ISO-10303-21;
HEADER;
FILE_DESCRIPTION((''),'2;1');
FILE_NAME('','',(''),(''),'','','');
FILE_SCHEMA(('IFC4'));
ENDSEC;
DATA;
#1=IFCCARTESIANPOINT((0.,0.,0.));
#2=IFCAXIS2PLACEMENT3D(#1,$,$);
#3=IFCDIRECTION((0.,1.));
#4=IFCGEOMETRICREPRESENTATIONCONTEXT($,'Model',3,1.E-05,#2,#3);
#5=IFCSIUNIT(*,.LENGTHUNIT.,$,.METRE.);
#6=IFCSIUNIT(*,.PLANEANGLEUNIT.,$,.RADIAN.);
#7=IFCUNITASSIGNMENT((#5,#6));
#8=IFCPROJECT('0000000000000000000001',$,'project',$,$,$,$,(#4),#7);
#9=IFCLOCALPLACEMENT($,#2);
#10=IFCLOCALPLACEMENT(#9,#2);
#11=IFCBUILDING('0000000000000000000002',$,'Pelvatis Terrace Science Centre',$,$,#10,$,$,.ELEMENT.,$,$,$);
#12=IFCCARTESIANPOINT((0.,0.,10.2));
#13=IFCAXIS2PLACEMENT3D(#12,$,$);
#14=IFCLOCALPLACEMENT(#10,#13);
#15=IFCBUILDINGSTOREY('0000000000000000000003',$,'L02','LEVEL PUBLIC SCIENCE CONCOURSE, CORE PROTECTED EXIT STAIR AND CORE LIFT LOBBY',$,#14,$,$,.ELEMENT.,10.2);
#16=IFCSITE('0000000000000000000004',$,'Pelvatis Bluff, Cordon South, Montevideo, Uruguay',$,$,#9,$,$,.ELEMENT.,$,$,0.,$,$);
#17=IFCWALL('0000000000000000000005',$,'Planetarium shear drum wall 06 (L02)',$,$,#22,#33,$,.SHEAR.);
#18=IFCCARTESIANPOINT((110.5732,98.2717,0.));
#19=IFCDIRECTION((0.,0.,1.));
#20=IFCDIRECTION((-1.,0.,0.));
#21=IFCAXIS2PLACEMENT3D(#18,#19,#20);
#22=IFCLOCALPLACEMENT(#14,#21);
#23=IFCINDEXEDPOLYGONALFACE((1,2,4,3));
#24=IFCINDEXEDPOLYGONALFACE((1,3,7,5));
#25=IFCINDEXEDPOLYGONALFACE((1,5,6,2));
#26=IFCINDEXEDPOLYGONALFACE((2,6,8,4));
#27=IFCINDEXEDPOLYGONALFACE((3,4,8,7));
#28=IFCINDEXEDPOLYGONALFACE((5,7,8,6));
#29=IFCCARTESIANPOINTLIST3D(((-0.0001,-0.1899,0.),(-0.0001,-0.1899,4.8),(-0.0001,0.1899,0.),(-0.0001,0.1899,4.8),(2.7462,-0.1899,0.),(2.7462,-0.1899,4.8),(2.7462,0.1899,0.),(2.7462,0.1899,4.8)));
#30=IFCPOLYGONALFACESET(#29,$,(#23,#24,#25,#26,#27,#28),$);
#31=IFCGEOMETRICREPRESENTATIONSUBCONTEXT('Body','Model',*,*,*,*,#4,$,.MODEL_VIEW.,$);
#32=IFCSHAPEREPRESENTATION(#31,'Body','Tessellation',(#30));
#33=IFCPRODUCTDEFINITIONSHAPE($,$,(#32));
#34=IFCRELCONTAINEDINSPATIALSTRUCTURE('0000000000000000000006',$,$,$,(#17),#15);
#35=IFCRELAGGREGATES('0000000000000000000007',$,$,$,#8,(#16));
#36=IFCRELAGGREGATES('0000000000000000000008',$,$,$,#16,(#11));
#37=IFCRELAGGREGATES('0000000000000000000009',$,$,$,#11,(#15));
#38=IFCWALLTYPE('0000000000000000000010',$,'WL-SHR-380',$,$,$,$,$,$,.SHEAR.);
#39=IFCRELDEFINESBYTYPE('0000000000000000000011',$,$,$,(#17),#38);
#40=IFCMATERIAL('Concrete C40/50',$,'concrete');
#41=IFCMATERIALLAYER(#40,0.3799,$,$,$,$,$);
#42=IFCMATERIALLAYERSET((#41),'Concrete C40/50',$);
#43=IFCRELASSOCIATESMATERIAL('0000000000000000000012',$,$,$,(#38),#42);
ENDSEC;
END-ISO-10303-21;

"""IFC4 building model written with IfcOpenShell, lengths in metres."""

from ifc_helpers import new_model, si_unit, direction, frame, frame_2d, origin, place, context, subcontext, project, spatial, rectangle, extrude, material, layer, layer_set, type_object, element, save


model = new_model("IFC4")

# Units and contexts
model_context = context("Model", 3, precision=1e-05, world=origin(), true_north=direction((0.0, 1.0)))
body_context = subcontext(model_context, "Body", "Model", "MODEL_VIEW")
ifc_project = project(units=[si_unit("LENGTHUNIT", "METRE"), si_unit("PLANEANGLEUNIT", "RADIAN")], contexts=[model_context])

# Site, building, storey
site_placement = place(None, origin())
site = spatial("IfcSite", under=ifc_project, at=site_placement, Name="Pelvatis Bluff, Cordon South, Montevideo, Uruguay", CompositionType="ELEMENT", RefElevation=0.0)
building_placement = place(site_placement, origin())
building = spatial("IfcBuilding", under=site, at=building_placement, Name="Pelvatis Terrace Science Centre", CompositionType="ELEMENT")
storey_placement = place(building_placement, frame((0.0, 0.0, 10.2)))
storey = spatial("IfcBuildingStorey", under=building, at=storey_placement, Name="L02", Description="LEVEL PUBLIC SCIENCE CONCOURSE, CORE PROTECTED EXIT STAIR AND CORE LIFT LOBBY", CompositionType="ELEMENT", Elevation=10.2)

# Wall
ifc_material_1 = material(Name="Concrete C40/50", Category="concrete")
ifc_layer_1 = layer(ifc_material_1, 0.3799)
ifc_layer_set_1 = layer_set([ifc_layer_1], Name="Concrete C40/50")
wall_type_1 = type_object("IfcWallType", Name="WL-SHR-380", PredefinedType="SHEAR", material=ifc_layer_set_1)
for number, where, z_axis, x_axis, name in (
    (1, (110.5732, 98.2717, 0.0), (0.0, 0.0, 1.0), (-1.0, 0.0, 0.0), "Planetarium shear drum wall 06 (L02)"),
):
    element("IfcWall", number, at=place(storey_placement, frame(where, z_axis=z_axis, x_axis=x_axis)), inside=storey, type_object=wall_type_1, Name=name, PredefinedType="SHEAR", context=body_context, shape_type="SweptSolid", body=[
        extrude(rectangle(XDim=2.7463, YDim=0.3799, at=frame_2d((1.373, 0.0))), origin(), (0.0, 0.0, 1.0), 4.8),
    ])

save(model, "model.ifc")
